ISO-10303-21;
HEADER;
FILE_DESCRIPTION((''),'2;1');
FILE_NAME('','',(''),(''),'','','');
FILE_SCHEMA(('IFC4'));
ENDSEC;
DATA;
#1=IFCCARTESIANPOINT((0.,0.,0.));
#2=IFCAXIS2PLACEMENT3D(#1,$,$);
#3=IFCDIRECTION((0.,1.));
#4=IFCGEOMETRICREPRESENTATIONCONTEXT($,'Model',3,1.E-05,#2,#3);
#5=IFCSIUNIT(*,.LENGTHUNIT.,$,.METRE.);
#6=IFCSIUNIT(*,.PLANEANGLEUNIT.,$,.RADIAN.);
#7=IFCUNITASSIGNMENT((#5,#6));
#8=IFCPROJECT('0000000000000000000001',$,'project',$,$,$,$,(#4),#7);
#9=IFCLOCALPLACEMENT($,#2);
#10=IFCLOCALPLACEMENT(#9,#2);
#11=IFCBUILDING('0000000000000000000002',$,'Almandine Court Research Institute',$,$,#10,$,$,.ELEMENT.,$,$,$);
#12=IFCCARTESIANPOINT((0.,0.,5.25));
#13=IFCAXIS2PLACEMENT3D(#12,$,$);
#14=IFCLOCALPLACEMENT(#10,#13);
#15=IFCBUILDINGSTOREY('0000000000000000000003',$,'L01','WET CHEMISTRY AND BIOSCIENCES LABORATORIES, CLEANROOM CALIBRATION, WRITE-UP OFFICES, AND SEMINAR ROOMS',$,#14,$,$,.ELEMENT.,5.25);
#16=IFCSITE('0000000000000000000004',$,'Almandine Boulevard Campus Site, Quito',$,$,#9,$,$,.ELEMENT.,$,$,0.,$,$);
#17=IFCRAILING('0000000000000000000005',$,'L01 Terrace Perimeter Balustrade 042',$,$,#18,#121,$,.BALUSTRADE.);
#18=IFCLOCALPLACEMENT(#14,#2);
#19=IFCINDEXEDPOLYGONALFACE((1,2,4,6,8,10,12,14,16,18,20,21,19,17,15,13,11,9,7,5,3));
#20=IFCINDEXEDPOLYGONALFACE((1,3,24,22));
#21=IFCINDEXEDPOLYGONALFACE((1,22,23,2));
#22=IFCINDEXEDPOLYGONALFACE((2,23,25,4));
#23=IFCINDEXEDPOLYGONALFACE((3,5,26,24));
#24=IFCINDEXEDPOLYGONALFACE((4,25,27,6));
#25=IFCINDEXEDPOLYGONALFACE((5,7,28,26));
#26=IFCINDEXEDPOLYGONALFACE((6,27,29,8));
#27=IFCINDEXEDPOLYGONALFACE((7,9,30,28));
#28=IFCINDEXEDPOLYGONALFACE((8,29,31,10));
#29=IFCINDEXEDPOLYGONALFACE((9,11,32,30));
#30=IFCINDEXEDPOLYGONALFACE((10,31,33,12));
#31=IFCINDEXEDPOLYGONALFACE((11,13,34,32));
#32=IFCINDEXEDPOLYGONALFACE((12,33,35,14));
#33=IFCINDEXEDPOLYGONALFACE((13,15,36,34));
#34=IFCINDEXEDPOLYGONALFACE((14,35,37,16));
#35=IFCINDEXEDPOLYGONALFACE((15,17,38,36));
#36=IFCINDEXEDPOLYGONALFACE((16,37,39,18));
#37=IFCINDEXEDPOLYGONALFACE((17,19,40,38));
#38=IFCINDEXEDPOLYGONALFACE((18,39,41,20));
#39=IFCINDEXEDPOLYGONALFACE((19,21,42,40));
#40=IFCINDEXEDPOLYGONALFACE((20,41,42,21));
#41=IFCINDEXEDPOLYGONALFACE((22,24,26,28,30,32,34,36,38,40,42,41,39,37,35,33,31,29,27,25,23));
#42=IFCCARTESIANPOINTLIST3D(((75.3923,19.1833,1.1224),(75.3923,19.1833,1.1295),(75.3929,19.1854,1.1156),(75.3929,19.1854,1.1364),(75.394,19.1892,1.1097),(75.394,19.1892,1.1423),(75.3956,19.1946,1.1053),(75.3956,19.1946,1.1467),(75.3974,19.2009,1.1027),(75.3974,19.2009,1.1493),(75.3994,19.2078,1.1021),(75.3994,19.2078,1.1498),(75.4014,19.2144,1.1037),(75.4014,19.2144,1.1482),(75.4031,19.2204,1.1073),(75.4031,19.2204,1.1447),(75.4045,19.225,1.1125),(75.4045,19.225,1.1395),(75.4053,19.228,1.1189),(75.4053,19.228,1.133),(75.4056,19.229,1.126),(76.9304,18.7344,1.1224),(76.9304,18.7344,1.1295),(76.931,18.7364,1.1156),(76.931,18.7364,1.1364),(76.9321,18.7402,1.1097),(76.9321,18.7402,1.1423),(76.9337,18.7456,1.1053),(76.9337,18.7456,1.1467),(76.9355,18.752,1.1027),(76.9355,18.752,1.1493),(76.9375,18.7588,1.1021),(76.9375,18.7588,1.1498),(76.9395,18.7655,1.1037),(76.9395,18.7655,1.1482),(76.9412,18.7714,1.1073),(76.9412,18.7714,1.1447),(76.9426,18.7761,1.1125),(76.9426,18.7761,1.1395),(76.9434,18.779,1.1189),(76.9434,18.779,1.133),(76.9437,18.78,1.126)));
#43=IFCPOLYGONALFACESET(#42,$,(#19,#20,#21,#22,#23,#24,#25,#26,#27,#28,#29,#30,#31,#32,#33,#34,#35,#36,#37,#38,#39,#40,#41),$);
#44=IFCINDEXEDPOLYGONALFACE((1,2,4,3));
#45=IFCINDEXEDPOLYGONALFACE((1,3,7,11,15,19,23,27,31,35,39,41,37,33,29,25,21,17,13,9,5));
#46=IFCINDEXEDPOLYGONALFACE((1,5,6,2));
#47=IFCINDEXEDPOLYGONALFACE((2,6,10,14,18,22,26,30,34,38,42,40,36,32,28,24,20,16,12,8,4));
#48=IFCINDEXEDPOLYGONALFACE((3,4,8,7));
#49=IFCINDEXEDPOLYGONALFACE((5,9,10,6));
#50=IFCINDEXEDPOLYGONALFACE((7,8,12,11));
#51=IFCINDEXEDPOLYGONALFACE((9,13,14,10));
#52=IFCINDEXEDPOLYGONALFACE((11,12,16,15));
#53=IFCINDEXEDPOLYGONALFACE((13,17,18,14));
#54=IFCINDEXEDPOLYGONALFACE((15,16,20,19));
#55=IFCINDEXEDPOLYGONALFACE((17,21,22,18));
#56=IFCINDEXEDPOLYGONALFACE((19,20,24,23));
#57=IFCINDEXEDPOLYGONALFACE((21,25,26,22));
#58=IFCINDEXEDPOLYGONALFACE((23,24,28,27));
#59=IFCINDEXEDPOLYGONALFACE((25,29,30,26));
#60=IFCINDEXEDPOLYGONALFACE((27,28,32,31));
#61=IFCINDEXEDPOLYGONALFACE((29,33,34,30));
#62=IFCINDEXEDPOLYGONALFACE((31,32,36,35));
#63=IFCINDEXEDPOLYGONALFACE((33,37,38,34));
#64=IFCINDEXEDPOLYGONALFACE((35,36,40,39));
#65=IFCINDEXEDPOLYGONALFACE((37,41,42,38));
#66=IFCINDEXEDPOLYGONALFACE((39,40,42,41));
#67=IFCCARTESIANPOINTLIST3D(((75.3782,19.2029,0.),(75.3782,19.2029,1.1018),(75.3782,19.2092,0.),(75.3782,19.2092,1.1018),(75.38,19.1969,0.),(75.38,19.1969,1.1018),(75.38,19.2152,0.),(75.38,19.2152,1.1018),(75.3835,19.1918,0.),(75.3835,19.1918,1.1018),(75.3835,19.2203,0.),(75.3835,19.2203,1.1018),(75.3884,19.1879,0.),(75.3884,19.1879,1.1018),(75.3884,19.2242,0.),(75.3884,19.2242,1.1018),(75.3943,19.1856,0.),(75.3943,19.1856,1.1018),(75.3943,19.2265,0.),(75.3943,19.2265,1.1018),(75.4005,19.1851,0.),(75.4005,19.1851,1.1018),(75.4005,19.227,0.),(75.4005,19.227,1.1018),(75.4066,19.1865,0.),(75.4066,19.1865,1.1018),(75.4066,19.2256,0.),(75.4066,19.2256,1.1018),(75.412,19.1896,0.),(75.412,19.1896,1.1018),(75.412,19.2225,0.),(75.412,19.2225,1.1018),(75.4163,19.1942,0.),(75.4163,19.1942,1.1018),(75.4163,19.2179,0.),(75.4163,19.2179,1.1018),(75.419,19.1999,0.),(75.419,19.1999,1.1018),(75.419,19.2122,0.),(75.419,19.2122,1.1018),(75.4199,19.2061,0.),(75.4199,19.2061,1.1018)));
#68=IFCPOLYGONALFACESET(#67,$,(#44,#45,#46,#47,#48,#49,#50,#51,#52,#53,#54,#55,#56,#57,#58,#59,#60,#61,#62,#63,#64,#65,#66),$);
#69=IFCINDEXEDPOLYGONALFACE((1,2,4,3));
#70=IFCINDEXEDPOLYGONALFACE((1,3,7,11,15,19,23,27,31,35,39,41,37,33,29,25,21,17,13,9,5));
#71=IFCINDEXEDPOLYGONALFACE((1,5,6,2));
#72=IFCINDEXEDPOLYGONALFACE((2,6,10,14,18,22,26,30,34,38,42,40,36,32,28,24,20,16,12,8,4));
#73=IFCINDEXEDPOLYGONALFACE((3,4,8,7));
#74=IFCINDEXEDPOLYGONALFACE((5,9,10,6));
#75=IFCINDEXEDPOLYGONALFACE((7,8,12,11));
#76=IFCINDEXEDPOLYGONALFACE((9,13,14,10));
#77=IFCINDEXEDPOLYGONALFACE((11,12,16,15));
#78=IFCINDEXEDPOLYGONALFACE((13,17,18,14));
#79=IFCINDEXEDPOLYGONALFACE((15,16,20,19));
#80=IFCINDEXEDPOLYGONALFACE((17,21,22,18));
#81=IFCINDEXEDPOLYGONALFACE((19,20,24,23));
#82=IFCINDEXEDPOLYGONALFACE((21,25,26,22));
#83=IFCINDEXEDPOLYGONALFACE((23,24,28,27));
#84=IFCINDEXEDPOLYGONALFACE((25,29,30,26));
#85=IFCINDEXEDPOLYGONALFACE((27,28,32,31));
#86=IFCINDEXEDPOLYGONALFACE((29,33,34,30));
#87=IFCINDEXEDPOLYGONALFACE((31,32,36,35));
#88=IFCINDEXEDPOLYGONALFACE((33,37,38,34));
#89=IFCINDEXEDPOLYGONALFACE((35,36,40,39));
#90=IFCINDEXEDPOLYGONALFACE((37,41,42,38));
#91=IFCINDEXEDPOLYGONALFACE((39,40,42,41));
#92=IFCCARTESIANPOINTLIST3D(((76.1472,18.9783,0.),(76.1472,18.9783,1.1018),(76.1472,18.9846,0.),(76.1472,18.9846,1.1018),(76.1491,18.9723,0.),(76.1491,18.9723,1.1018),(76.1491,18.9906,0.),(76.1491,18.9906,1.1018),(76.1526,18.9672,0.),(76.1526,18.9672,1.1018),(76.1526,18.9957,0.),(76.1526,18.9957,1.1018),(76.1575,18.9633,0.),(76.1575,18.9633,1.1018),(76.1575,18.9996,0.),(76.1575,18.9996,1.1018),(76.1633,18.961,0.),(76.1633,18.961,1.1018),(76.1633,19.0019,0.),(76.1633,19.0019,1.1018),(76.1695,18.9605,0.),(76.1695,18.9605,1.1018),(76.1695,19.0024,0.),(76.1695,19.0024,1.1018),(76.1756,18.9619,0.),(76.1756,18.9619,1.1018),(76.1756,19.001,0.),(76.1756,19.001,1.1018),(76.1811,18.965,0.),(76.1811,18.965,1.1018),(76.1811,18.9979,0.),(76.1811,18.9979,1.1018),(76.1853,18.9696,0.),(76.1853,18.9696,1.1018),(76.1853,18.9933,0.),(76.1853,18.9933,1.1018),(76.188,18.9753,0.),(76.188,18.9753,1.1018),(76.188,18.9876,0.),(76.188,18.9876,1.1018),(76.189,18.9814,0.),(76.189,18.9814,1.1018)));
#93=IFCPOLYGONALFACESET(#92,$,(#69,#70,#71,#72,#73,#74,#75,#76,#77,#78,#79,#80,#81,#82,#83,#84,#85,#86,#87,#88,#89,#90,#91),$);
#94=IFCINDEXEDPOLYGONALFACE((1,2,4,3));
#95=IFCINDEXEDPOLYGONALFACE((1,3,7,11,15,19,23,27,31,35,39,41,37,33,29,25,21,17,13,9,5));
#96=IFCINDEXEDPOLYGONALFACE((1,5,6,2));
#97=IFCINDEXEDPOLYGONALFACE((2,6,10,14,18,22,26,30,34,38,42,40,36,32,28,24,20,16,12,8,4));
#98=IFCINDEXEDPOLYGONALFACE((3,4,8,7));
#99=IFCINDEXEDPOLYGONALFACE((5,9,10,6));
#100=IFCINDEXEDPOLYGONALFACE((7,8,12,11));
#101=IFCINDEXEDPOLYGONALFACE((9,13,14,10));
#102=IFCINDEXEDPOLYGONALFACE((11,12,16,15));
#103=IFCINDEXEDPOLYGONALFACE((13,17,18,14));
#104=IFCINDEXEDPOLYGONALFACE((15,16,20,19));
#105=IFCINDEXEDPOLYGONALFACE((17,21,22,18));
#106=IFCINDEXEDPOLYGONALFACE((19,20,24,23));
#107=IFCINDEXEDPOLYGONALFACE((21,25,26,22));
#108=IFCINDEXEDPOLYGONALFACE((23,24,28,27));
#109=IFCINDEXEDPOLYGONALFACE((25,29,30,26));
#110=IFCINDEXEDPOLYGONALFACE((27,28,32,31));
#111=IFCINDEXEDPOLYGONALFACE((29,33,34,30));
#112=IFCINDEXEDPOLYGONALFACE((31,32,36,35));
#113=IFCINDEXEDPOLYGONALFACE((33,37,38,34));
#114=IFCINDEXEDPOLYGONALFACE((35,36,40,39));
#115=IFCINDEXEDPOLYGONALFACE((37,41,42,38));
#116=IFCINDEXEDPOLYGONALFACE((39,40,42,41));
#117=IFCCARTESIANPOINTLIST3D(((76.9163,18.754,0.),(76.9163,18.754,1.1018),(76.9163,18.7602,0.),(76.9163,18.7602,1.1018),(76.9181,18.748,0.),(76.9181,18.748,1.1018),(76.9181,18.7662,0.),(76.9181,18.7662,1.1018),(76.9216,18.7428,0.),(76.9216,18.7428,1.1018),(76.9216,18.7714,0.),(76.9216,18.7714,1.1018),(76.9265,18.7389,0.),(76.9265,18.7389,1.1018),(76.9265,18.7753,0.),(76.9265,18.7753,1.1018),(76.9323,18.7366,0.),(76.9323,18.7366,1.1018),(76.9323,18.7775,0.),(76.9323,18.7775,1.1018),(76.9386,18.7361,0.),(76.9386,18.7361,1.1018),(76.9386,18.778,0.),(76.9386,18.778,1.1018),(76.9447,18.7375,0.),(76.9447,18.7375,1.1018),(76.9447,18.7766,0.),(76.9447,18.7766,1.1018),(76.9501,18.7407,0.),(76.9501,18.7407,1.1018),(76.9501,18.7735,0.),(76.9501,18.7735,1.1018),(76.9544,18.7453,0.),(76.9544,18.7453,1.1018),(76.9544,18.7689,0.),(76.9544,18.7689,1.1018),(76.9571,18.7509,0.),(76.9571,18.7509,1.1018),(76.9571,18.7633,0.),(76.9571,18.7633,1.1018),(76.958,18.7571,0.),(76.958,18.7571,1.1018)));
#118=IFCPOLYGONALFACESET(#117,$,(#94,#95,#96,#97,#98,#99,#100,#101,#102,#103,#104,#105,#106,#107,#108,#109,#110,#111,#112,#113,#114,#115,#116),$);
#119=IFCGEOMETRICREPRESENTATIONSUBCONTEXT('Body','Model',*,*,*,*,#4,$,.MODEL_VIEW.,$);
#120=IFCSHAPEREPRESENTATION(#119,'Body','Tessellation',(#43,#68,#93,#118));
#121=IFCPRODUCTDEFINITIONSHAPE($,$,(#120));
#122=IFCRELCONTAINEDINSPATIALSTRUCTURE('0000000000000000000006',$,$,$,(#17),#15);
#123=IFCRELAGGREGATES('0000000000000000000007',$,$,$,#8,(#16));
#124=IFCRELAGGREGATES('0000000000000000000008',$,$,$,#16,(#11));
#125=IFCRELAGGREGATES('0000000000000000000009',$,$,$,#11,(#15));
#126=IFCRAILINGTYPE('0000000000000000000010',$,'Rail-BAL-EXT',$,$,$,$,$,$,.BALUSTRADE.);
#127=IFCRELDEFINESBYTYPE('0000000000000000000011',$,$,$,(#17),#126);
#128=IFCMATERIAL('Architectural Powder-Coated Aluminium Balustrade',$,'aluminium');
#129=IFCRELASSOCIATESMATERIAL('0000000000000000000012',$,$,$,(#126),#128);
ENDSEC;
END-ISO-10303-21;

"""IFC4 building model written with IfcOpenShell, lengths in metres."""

from ifc_helpers import new_model, si_unit, direction, frame, origin, origin_2d, place, context, subcontext, project, spatial, circle, extrude, material, type_object, element, save


model = new_model("IFC4")

# Units and contexts
model_context = context("Model", 3, precision=1e-05, world=origin(), true_north=direction((0.0, 1.0)))
body_context = subcontext(model_context, "Body", "Model", "MODEL_VIEW")
ifc_project = project(units=[si_unit("LENGTHUNIT", "METRE"), si_unit("PLANEANGLEUNIT", "RADIAN")], contexts=[model_context])

# Site, building, storey
site_placement = place(None, origin())
site = spatial("IfcSite", under=ifc_project, at=site_placement, Name="Almandine Boulevard Campus Site, Quito", CompositionType="ELEMENT", RefElevation=0.0)
building_placement = place(site_placement, origin())
building = spatial("IfcBuilding", under=site, at=building_placement, Name="Almandine Court Research Institute", CompositionType="ELEMENT")
storey_placement = place(building_placement, frame((0.0, 0.0, 5.25)))
storey = spatial("IfcBuildingStorey", under=building, at=storey_placement, Name="L01", Description="WET CHEMISTRY AND BIOSCIENCES LABORATORIES, CLEANROOM CALIBRATION, WRITE-UP OFFICES, AND SEMINAR ROOMS", CompositionType="ELEMENT", Elevation=5.25)

# Railing
ifc_material_1 = material(Name="Architectural Powder-Coated Aluminium Balustrade", Category="aluminium")
railing_type = type_object("IfcRailingType", Name="Rail-BAL-EXT", PredefinedType="BALUSTRADE", material=ifc_material_1)
railing_1_placement = place(storey_placement, frame((75.3989, 19.2061, 0.0)))
element("IfcRailing", 1, at=railing_1_placement, inside=storey, type_object=railing_type, Name="L01 Terrace Perimeter Balustrade 042", PredefinedType="BALUSTRADE", context=body_context, shape_type="SweptSolid", body=[
    extrude(circle(Radius=0.0239, at=origin_2d()), frame((0.0, 0.0, 1.126), z_axis=(0.959939, -0.280211, 0.0), x_axis=(0.280211, 0.959939, 0.0)), (0.0, 0.0, 1.0), 1.6023),
    extrude(circle(Radius=0.021, at=origin_2d()), origin(), (0.0, 0.0, 1.0), 1.1018),
    extrude(circle(Radius=0.021, at=origin_2d()), frame((0.769, -0.2246, 0.0)), (0.0, 0.0, 1.0), 1.1018),
    extrude(circle(Radius=0.021, at=origin_2d()), frame((1.5381, -0.449, 0.0)), (0.0, 0.0, 1.0), 1.1018),
])

save(model, "model.ifc")
